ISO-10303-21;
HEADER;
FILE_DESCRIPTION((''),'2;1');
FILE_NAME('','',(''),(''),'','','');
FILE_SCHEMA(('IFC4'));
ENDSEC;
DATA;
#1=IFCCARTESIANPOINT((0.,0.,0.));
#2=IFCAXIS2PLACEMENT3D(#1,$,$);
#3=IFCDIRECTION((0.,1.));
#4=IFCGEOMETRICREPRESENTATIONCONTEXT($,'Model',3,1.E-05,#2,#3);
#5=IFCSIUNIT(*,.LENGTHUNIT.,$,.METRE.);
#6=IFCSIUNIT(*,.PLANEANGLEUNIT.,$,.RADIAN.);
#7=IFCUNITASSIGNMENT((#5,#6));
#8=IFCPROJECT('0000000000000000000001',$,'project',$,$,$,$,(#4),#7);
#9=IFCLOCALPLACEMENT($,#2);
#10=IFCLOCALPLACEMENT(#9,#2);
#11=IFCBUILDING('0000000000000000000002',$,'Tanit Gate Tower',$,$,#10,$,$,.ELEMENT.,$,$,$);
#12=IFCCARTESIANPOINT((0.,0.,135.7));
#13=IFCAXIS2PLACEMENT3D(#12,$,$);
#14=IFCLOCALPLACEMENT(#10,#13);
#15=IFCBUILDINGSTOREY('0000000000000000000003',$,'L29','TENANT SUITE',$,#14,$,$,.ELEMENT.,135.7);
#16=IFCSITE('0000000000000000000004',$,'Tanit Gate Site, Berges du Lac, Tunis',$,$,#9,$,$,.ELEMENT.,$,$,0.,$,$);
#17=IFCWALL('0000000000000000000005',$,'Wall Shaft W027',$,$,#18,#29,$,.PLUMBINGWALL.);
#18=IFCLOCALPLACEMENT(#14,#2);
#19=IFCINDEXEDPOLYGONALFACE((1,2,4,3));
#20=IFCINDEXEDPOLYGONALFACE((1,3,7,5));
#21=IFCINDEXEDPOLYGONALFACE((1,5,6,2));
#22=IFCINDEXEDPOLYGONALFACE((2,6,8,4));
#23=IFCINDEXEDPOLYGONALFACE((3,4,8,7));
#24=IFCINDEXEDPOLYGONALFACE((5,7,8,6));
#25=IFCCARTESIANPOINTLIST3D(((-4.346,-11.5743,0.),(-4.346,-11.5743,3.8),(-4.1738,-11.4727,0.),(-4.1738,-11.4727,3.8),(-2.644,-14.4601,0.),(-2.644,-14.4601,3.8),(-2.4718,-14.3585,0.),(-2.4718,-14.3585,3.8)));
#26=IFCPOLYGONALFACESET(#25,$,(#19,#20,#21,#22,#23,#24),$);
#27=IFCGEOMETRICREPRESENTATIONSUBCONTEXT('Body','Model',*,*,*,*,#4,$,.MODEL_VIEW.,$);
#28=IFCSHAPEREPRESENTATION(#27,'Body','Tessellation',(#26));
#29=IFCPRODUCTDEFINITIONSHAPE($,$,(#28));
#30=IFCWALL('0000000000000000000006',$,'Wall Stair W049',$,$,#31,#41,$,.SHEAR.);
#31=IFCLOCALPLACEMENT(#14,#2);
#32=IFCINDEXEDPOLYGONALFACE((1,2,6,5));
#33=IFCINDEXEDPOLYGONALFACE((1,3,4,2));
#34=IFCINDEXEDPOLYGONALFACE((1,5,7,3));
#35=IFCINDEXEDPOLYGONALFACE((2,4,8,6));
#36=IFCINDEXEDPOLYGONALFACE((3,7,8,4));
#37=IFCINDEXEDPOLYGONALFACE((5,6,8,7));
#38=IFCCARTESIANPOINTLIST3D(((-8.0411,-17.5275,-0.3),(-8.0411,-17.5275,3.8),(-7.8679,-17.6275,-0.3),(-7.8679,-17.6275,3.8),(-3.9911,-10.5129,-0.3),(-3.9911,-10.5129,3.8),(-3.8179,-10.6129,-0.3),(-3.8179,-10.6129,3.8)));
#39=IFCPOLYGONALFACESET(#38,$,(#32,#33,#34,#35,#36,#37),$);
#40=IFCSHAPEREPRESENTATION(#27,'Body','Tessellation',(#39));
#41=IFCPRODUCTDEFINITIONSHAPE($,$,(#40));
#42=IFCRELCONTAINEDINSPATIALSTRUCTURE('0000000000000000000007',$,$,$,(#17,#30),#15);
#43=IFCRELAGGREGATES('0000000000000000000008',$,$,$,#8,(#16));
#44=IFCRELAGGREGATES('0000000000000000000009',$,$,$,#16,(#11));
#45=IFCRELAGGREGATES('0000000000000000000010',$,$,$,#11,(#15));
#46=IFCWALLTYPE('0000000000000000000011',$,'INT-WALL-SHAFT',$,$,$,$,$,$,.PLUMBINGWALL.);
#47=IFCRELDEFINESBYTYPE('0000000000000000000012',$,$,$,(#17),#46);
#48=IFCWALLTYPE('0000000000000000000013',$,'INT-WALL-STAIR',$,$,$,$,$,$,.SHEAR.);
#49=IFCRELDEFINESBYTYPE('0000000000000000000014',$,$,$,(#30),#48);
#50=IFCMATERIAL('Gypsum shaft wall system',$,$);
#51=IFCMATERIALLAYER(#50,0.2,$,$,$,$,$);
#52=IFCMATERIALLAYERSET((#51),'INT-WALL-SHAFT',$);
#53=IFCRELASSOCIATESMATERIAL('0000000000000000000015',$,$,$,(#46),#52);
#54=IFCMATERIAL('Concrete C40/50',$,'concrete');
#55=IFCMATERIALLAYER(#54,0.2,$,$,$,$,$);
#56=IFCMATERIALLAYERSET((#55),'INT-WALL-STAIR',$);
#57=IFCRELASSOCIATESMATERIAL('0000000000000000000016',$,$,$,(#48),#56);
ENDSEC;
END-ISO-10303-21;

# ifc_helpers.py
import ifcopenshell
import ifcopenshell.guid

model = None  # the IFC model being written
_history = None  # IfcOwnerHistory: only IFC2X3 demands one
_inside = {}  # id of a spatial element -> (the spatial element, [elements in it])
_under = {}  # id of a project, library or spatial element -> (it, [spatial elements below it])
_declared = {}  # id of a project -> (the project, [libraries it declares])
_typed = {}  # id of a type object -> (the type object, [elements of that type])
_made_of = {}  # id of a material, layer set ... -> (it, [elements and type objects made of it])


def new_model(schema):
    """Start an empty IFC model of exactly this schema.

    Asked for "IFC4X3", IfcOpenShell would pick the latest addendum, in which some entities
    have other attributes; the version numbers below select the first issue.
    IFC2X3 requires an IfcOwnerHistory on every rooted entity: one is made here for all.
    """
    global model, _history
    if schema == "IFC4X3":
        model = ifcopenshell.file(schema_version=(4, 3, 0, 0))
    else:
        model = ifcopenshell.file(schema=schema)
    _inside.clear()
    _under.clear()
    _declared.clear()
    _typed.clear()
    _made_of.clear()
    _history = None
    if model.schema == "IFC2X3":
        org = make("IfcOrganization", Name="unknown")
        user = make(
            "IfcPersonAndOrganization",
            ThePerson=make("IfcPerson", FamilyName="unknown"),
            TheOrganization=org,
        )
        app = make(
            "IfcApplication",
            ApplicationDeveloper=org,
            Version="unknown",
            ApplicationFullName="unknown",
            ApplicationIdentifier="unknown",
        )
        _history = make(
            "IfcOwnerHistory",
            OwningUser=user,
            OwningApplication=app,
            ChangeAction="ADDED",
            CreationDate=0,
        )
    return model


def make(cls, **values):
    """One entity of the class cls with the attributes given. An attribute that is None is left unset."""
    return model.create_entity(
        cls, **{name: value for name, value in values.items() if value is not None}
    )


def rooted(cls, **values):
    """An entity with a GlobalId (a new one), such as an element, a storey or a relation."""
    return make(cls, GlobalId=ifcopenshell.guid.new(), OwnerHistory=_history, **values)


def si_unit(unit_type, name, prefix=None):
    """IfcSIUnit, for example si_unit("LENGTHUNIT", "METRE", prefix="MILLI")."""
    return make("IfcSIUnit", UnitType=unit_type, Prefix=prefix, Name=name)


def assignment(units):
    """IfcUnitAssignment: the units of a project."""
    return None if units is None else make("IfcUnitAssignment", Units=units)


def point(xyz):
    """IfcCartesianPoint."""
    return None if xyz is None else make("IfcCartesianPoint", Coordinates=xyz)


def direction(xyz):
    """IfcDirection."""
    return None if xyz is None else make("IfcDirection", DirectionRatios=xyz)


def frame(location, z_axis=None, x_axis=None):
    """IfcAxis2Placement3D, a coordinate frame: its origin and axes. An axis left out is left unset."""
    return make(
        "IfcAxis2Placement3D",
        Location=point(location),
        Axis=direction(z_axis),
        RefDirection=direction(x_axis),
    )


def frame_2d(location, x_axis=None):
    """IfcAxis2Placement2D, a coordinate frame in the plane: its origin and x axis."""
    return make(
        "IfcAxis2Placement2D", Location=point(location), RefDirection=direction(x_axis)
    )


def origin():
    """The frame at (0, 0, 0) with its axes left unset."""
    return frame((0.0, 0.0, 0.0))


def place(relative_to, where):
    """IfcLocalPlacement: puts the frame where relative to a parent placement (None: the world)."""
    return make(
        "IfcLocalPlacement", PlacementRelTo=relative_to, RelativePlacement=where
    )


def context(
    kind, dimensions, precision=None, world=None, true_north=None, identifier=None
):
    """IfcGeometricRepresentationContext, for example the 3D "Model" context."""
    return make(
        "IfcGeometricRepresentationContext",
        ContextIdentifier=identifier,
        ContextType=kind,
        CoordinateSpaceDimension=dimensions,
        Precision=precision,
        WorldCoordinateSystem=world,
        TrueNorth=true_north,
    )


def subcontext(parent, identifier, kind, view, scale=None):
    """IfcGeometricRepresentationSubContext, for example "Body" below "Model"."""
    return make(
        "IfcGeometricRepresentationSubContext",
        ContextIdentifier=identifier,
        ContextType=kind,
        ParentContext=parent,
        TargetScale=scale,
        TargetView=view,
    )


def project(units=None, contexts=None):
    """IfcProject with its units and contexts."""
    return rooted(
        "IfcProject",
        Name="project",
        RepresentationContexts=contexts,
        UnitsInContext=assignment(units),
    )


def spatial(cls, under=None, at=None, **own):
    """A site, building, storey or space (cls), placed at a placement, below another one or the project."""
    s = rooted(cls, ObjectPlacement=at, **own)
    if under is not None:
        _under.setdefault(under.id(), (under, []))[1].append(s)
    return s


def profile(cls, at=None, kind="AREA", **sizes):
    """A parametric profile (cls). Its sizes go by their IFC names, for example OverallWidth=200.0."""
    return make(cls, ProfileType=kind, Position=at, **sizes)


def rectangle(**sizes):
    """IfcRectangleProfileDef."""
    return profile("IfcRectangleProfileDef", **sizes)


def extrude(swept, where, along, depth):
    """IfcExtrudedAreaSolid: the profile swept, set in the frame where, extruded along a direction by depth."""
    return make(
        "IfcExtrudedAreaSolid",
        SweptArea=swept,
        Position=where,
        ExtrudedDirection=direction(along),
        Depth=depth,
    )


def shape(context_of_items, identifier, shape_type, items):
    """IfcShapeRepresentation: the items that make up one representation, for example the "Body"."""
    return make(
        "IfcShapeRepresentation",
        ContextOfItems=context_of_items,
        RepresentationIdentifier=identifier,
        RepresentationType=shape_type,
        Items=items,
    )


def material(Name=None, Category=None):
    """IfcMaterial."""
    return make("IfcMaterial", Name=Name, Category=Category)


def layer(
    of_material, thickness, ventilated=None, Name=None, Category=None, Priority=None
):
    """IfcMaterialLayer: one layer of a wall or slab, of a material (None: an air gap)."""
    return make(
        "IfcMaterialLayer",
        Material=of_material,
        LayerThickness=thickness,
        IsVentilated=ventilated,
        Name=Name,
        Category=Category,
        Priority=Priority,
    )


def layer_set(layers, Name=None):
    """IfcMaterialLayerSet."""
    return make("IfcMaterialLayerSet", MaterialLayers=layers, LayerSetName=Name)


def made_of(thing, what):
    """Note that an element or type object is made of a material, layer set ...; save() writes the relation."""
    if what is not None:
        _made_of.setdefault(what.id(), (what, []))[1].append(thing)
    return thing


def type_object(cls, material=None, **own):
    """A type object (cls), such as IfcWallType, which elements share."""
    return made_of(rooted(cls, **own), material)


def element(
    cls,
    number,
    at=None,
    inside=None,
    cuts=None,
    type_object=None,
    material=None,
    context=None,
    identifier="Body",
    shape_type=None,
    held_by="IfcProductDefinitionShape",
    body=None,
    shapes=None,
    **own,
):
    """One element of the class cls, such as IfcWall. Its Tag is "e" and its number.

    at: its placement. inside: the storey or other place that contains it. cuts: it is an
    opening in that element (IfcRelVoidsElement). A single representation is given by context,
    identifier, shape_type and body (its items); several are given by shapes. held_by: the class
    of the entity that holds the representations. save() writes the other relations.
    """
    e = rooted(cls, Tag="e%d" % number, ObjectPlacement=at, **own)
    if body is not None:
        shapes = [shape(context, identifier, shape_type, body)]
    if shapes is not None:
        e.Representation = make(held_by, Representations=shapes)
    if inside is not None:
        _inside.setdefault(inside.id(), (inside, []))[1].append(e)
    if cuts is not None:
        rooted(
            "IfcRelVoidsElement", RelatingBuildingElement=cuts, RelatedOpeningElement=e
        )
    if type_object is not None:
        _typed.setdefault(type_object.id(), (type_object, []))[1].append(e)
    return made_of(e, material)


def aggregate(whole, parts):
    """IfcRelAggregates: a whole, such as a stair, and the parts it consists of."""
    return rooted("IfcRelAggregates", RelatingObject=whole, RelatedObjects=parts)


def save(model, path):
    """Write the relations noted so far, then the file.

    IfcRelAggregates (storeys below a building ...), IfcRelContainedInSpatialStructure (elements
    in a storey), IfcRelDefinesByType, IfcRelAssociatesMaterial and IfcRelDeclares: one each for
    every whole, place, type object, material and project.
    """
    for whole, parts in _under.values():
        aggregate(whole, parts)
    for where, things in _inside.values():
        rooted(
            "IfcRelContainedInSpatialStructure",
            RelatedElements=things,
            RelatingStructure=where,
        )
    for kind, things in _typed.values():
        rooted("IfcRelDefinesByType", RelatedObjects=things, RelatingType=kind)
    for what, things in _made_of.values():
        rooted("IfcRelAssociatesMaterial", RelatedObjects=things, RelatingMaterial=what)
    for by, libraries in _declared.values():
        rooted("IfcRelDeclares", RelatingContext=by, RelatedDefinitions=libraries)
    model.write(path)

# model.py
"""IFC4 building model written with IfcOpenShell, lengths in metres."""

from ifc_helpers import new_model, si_unit, direction, frame, frame_2d, origin, place, context, subcontext, project, spatial, rectangle, extrude, material, layer, layer_set, type_object, element, save


model = new_model("IFC4")

# Units and contexts
model_context = context("Model", 3, precision=1e-05, world=origin(), true_north=direction((0.0, 1.0)))
body_context = subcontext(model_context, "Body", "Model", "MODEL_VIEW")
ifc_project = project(units=[si_unit("LENGTHUNIT", "METRE"), si_unit("PLANEANGLEUNIT", "RADIAN")], contexts=[model_context])

# Site, building, storey
site_placement = place(None, origin())
site = spatial("IfcSite", under=ifc_project, at=site_placement, Name="Tanit Gate Site, Berges du Lac, Tunis", CompositionType="ELEMENT", RefElevation=0.0)
building_placement = place(site_placement, origin())
building = spatial("IfcBuilding", under=site, at=building_placement, Name="Tanit Gate Tower", CompositionType="ELEMENT")
storey_placement = place(building_placement, frame((0.0, 0.0, 135.7)))
storey = spatial("IfcBuildingStorey", under=building, at=storey_placement, Name="L29", Description="TENANT SUITE", CompositionType="ELEMENT", Elevation=135.7)

# Walls
ifc_material_1 = material(Name="Gypsum shaft wall system")
ifc_layer_1 = layer(ifc_material_1, 0.2)
ifc_layer_set_1 = layer_set([ifc_layer_1], Name="INT-WALL-SHAFT")
wall_type_1 = type_object("IfcWallType", Name="INT-WALL-SHAFT", PredefinedType="PLUMBINGWALL", material=ifc_layer_set_1)
wall_1_placement = place(storey_placement, frame((-2.5579, -14.4094, 0.0), z_axis=(0.0, 0.0, 1.0), x_axis=(-0.507997, 0.861359, 0.0)))
element("IfcWall", 1, at=wall_1_placement, inside=storey, type_object=wall_type_1, Name="Wall Shaft W027", PredefinedType="PLUMBINGWALL", context=body_context, shape_type="SweptSolid", body=[
    extrude(rectangle(XDim=3.3503, YDim=0.2, at=frame_2d((1.6753, 0.0))), origin(), (0.0, 0.0, 1.0), 3.8),
])
ifc_material_2 = material(Name="Concrete C40/50", Category="concrete")
ifc_layer_2 = layer(ifc_material_2, 0.2)
ifc_layer_set_2 = layer_set([ifc_layer_2], Name="INT-WALL-STAIR")
wall_type_2 = type_object("IfcWallType", Name="INT-WALL-STAIR", PredefinedType="SHEAR", material=ifc_layer_set_2)
wall_2_placement = place(storey_placement, frame((-3.9045, -10.563, -0.3), z_axis=(0.0, 0.0, 1.0), x_axis=(-0.500013, -0.866018, 0.0)))
element("IfcWall", 2, at=wall_2_placement, inside=storey, type_object=wall_type_2, Name="Wall Stair W049", PredefinedType="SHEAR", context=body_context, shape_type="SweptSolid", body=[
    extrude(rectangle(XDim=8.0999, YDim=0.2, at=frame_2d((4.0498, 0.0))), origin(), (0.0, 0.0, 1.0), 4.1001),
])

save(model, "model.ifc")
